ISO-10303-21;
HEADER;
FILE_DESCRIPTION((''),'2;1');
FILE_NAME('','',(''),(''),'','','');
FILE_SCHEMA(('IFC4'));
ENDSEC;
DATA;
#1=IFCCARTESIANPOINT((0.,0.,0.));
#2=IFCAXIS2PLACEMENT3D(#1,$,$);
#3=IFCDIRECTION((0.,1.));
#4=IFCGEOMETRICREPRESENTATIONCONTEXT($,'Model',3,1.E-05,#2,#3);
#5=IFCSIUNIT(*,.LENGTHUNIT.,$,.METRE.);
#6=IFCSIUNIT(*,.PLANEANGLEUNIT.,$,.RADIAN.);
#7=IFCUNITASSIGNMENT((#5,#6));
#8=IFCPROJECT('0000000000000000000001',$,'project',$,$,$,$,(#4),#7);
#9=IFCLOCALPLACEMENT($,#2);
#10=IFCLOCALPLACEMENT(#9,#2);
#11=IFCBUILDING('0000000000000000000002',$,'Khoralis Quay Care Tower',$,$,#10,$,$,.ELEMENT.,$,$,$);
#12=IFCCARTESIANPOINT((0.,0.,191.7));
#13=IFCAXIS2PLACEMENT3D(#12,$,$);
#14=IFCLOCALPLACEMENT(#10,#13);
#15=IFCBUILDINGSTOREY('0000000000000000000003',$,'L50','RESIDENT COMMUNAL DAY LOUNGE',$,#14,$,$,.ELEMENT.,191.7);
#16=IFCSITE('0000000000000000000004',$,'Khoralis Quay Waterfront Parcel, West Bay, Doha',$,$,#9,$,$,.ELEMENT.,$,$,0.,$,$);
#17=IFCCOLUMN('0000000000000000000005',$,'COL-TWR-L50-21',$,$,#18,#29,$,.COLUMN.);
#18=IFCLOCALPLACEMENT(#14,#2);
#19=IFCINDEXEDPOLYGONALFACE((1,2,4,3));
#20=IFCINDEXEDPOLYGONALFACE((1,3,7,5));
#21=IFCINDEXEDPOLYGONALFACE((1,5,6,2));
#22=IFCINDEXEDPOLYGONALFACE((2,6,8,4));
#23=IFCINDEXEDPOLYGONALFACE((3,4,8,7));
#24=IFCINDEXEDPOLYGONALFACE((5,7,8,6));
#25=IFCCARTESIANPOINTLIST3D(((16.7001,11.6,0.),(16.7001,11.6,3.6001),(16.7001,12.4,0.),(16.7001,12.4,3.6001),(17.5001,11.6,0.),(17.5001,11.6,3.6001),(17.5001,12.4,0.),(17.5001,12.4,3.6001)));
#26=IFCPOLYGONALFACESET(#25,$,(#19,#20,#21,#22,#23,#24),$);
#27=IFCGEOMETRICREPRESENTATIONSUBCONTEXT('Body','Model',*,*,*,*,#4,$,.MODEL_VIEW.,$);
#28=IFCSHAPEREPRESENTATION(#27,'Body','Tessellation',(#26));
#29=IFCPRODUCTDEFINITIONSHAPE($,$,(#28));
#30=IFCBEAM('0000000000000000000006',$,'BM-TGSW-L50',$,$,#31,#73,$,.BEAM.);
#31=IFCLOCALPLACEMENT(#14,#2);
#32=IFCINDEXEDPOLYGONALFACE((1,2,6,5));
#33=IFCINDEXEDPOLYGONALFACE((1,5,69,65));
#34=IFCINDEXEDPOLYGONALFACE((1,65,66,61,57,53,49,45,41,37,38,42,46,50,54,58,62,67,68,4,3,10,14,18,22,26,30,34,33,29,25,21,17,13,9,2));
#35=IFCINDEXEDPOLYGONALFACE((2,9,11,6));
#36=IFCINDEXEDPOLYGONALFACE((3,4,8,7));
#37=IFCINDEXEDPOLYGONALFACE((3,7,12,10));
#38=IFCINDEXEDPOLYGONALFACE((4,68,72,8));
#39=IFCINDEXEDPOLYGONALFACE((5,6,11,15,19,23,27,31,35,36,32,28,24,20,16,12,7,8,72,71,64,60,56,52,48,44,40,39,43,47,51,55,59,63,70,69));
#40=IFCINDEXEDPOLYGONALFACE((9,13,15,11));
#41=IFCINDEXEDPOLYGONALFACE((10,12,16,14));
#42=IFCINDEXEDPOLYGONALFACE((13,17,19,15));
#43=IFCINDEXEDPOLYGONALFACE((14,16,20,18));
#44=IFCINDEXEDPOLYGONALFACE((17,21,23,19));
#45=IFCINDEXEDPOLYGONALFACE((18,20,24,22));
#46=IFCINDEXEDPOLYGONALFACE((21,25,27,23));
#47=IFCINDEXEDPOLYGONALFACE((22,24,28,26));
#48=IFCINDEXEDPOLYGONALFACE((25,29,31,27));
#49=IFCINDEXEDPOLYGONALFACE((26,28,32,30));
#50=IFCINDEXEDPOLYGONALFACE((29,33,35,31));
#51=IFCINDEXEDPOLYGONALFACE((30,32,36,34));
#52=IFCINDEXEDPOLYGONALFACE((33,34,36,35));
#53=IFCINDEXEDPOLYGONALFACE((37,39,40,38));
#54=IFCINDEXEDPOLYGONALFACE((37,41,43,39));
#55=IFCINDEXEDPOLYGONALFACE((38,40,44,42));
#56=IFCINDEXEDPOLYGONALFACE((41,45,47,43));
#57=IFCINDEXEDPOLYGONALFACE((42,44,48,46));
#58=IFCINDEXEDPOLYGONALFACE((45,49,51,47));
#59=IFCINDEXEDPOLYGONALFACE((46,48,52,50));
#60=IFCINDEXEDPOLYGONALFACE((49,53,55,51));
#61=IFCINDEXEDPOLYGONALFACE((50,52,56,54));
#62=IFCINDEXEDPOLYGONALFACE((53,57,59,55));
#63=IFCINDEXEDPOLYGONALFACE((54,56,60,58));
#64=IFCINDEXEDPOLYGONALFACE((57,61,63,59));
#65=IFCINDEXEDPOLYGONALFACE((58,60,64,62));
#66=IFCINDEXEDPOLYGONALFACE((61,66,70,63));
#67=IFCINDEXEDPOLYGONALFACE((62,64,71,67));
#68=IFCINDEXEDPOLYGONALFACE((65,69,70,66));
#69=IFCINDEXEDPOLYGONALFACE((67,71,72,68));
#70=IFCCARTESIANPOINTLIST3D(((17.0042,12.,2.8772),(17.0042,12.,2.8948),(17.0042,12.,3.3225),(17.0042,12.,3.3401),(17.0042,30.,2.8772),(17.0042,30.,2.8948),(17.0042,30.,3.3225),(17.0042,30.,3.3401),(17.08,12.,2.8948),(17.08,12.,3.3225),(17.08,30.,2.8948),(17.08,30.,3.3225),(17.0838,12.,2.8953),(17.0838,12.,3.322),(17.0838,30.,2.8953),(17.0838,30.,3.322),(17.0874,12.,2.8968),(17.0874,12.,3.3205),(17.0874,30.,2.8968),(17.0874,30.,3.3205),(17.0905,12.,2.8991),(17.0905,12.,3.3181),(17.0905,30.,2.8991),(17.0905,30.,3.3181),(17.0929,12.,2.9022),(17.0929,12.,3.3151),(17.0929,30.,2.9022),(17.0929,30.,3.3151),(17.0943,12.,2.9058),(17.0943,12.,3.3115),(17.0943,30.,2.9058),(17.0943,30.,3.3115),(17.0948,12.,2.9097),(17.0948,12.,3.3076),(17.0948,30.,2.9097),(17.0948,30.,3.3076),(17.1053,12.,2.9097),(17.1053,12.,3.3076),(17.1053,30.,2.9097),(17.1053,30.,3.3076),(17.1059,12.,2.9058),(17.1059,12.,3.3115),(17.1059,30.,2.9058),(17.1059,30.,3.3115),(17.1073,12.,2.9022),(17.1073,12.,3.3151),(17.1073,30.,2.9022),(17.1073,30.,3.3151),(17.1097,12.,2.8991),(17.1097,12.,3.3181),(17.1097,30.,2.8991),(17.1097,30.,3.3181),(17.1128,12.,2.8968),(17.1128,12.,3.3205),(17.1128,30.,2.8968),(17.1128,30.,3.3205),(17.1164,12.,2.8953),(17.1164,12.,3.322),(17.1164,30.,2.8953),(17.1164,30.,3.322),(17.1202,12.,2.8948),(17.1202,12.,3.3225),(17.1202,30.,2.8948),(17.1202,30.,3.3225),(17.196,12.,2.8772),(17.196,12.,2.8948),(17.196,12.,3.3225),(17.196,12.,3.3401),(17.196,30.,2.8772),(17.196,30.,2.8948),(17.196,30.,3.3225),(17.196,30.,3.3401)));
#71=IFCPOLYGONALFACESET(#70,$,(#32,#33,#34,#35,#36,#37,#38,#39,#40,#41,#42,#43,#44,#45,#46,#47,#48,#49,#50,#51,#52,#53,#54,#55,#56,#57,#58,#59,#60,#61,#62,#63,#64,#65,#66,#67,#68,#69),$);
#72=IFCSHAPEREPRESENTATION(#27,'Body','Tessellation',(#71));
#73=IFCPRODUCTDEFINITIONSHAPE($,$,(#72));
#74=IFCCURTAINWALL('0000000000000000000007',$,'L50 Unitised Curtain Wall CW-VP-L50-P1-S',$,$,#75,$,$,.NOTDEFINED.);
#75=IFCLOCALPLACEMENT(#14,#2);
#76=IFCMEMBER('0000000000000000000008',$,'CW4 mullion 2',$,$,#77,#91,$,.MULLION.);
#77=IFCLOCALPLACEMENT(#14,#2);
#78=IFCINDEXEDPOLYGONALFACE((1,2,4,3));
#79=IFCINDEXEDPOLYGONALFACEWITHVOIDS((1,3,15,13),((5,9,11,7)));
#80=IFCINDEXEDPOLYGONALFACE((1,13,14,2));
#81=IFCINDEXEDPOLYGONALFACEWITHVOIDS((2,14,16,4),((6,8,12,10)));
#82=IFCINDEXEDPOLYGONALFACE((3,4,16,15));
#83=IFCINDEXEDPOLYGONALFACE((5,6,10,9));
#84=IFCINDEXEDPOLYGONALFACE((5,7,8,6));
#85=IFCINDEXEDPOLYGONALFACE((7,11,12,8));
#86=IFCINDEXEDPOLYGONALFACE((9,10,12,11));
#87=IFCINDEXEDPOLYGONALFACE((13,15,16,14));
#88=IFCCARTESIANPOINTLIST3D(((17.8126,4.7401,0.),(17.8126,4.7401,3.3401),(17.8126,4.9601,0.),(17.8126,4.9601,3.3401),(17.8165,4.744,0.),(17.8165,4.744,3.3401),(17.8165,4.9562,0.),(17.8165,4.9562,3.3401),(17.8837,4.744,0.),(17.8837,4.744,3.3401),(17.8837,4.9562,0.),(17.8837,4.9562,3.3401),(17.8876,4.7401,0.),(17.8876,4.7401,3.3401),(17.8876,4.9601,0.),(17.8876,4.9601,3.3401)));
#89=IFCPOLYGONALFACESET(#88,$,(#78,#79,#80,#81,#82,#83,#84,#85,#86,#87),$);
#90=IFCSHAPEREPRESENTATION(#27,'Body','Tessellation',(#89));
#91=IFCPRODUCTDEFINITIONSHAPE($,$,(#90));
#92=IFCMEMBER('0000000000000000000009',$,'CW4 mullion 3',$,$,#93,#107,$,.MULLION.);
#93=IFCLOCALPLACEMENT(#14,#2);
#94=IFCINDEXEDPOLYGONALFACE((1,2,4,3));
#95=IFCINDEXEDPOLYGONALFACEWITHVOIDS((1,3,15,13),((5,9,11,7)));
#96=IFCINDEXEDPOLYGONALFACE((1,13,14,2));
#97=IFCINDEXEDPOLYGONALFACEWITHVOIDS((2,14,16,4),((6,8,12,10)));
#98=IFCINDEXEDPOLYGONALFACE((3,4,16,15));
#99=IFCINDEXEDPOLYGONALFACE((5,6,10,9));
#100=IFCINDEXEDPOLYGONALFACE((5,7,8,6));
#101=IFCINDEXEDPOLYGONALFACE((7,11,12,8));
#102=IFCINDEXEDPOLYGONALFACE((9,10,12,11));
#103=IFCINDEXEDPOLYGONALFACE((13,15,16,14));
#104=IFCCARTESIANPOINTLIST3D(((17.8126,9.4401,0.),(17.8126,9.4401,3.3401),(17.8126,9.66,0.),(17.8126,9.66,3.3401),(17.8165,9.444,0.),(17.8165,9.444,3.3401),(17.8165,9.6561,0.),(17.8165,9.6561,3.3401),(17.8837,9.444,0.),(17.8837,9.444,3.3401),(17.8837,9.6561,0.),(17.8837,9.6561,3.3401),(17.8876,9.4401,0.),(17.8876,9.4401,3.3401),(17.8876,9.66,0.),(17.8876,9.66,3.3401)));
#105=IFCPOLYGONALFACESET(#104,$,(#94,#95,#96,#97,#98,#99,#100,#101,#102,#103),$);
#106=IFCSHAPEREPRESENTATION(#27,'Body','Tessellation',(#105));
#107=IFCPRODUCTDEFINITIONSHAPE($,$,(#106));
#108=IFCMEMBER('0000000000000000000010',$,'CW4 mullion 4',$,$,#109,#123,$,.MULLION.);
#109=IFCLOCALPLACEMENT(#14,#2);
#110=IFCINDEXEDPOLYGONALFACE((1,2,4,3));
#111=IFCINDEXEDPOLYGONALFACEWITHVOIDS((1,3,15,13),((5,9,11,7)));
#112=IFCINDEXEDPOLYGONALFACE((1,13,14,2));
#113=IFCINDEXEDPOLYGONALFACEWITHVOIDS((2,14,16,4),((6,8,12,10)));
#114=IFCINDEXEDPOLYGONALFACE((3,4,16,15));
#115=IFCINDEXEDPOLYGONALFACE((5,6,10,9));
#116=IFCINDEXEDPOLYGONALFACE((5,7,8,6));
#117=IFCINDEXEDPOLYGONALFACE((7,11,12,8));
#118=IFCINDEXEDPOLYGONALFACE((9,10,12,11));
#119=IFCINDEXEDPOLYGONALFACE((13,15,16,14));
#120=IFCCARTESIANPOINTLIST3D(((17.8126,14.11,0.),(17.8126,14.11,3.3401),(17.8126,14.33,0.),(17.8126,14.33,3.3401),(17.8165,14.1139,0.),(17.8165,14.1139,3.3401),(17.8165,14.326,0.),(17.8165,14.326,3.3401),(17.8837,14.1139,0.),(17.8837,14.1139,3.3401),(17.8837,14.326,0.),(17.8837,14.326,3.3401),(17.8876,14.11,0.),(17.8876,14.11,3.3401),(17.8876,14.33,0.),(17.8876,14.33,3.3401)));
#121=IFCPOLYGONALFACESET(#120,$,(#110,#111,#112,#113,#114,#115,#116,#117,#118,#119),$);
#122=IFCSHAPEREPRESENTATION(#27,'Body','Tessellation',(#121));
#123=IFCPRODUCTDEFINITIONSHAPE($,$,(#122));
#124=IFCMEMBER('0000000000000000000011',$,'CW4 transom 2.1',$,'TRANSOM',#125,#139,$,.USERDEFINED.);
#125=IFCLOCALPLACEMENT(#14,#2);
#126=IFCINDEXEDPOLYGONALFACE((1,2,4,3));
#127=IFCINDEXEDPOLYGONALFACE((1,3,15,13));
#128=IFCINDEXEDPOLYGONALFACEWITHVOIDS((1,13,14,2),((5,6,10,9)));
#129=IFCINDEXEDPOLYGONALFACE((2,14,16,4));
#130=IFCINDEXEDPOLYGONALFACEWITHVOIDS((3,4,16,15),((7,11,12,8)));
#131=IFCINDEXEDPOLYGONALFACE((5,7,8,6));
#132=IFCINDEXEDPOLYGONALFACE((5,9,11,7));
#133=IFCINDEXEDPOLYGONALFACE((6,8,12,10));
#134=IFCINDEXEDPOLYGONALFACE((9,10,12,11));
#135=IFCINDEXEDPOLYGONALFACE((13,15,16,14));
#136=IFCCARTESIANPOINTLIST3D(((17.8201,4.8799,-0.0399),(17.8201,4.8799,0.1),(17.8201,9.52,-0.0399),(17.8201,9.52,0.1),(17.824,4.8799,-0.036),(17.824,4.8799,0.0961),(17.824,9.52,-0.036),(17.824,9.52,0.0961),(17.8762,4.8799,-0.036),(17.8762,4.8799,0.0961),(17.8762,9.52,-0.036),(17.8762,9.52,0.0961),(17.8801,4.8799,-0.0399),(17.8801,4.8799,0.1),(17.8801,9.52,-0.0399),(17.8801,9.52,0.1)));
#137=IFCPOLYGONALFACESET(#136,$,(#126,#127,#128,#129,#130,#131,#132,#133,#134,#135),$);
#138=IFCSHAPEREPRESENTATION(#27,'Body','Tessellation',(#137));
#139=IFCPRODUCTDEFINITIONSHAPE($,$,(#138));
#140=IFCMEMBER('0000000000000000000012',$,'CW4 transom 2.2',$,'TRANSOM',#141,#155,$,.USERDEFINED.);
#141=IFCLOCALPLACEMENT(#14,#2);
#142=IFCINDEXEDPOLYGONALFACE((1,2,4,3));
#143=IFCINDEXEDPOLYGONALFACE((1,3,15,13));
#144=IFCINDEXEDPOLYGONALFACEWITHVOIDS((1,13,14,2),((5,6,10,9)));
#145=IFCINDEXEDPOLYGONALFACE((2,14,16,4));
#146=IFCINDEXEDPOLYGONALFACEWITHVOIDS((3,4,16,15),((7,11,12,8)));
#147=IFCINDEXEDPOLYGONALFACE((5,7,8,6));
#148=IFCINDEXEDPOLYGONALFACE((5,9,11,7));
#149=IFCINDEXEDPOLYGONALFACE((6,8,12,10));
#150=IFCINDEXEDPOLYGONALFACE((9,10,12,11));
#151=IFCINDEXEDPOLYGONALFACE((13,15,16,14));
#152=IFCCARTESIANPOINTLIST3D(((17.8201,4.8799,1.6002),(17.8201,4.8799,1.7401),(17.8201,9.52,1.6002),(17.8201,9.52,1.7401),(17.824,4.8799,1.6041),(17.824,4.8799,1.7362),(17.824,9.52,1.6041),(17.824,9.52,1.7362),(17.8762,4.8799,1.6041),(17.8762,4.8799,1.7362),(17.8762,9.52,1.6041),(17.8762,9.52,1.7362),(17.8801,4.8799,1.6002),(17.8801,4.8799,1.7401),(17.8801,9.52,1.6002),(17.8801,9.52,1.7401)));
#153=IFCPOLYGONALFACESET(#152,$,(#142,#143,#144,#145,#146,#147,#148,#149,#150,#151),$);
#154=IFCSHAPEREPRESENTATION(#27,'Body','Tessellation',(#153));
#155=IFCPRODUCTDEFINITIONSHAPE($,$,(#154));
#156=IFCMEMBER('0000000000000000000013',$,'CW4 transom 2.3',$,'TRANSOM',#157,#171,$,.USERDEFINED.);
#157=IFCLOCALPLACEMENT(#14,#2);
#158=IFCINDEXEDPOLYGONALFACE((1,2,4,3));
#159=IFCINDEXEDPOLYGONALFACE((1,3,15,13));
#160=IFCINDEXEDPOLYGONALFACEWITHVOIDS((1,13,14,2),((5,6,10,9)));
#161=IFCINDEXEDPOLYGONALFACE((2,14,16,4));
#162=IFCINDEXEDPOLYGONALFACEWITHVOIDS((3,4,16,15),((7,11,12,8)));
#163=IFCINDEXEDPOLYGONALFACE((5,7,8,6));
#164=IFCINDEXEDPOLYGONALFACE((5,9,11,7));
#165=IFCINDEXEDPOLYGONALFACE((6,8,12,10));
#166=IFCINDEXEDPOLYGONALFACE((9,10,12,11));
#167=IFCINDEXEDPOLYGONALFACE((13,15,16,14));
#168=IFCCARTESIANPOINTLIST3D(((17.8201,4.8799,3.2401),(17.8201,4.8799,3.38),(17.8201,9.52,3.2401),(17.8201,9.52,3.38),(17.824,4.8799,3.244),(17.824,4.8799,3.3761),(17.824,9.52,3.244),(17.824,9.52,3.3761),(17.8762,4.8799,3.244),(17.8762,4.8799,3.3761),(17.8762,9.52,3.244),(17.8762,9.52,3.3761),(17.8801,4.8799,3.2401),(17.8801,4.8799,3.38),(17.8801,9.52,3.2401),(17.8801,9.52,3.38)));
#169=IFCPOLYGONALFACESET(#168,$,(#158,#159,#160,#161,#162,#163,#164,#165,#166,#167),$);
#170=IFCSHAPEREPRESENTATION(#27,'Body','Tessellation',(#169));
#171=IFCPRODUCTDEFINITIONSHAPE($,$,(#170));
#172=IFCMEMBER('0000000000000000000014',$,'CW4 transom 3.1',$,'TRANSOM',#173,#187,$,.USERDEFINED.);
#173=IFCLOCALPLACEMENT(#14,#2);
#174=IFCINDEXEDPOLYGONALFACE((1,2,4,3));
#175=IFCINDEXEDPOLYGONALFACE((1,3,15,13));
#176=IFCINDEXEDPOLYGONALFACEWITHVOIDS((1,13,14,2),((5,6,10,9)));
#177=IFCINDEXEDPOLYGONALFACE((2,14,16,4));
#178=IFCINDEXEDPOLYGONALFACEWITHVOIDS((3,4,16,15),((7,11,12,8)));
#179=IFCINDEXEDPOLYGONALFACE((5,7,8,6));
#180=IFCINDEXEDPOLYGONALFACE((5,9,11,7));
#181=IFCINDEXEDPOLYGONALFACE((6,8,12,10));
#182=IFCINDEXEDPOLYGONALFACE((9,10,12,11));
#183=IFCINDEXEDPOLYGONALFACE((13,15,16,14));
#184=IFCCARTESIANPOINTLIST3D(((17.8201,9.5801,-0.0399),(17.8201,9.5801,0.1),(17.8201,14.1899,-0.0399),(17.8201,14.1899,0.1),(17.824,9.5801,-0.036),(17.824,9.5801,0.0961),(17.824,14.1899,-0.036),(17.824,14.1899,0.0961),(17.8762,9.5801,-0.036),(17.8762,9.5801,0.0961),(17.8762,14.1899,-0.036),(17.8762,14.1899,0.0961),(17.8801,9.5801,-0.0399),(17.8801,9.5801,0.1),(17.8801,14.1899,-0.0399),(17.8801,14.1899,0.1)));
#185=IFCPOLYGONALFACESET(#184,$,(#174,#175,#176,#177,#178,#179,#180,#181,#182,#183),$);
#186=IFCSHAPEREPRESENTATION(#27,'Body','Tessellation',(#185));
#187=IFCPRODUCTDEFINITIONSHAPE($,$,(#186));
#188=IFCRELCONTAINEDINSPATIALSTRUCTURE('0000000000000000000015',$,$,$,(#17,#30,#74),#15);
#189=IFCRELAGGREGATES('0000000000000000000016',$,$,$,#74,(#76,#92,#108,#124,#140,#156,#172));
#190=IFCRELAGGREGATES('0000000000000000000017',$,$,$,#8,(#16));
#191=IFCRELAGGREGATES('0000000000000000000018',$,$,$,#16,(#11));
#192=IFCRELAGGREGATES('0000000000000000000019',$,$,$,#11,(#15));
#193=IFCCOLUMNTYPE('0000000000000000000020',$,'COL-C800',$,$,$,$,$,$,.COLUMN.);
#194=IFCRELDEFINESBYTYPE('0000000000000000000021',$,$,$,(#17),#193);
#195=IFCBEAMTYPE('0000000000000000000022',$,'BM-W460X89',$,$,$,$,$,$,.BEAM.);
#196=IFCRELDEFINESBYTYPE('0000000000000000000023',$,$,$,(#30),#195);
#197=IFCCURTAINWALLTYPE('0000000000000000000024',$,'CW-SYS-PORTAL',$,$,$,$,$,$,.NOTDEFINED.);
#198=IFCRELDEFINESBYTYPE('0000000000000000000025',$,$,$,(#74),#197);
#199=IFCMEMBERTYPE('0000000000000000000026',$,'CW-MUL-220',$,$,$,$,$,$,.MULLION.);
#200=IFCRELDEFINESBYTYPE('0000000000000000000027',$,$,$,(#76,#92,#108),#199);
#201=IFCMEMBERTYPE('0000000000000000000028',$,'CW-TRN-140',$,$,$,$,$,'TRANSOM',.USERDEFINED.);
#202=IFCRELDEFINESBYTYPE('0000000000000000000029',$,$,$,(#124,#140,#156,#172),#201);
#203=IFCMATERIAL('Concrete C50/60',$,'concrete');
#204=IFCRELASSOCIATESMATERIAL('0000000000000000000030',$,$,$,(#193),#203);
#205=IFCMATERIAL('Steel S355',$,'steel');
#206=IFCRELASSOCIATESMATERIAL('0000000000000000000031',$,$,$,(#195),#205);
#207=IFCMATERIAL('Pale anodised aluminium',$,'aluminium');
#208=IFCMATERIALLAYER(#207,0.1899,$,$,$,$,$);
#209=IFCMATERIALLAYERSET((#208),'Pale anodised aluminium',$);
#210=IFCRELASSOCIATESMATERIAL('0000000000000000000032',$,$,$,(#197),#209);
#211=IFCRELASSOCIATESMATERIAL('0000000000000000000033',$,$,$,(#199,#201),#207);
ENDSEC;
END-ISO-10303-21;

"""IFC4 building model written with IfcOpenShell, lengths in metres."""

from ifc_helpers import new_model, si_unit, direction, frame, origin, origin_2d, place, context, subcontext, project, spatial, rectangle, hollow_rectangle, i_section, extrude, source, transform, mapped, material, layer, layer_set, material_profile, profile_set, type_object, element, aggregate, save


model = new_model("IFC4")

# Units and contexts
model_context = context("Model", 3, precision=1e-05, world=origin(), true_north=direction((0.0, 1.0)))
body_context = subcontext(model_context, "Body", "Model", "MODEL_VIEW")
ifc_project = project(units=[si_unit("LENGTHUNIT", "METRE"), si_unit("PLANEANGLEUNIT", "RADIAN")], contexts=[model_context])

# Site, building, storey
site_placement = place(None, origin())
site = spatial("IfcSite", under=ifc_project, at=site_placement, Name="Khoralis Quay Waterfront Parcel, West Bay, Doha", CompositionType="ELEMENT", RefElevation=0.0)
building_placement = place(site_placement, origin())
building = spatial("IfcBuilding", under=site, at=building_placement, Name="Khoralis Quay Care Tower", CompositionType="ELEMENT")
storey_placement = place(building_placement, frame((0.0, 0.0, 191.7)))
storey = spatial("IfcBuildingStorey", under=building, at=storey_placement, Name="L50", Description="RESIDENT COMMUNAL DAY LOUNGE", CompositionType="ELEMENT", Elevation=191.7)

# Column
ifc_material_1 = material(Name="Concrete C50/60", Category="concrete")
ifc_material_profile_1 = material_profile(ifc_material_1, rectangle(XDim=0.8, YDim=0.8, at=origin_2d()), Name="Concrete C50/60")
ifc_profile_set_1 = profile_set([ifc_material_profile_1], Name="Concrete C50/60")
column_type = type_object("IfcColumnType", Name="COL-C800", PredefinedType="COLUMN", material=ifc_profile_set_1)
shared_shape_1 = source(origin(), body_context, "Body", "SweptSolid", [
    extrude(rectangle(XDim=0.8, YDim=0.8, at=origin_2d()), origin(), (0.0, 0.0, 1.0), 3.6001),
])
column_placement = place(storey_placement, frame((17.1001, 12.0, 0.0), z_axis=(0.0, 0.0, 1.0), x_axis=(1.0, 0.0, 0.0)))
element("IfcColumn", 1, at=column_placement, inside=storey, type_object=column_type, Name="COL-TWR-L50-21", PredefinedType="COLUMN", context=body_context, shape_type="MappedRepresentation", body=[
    mapped(shared_shape_1, transform((0.0, 0.0, 0.0), scale=1.0)),
])

# Beam
ifc_material_2 = material(Name="Steel S355", Category="steel")
ifc_material_profile_2 = material_profile(ifc_material_2, i_section(OverallWidth=0.1919, OverallDepth=0.4629, WebThickness=0.0105, FlangeThickness=0.0176, FilletRadius=0.0149, at=origin_2d()), Name="Steel S355")
ifc_profile_set_2 = profile_set([ifc_material_profile_2], Name="Steel S355")
beam_type = type_object("IfcBeamType", Name="BM-W460X89", PredefinedType="BEAM", material=ifc_profile_set_2)
shared_shape_2 = source(origin(), body_context, "Body", "SweptSolid", [
    extrude(i_section(OverallWidth=0.1919, OverallDepth=0.4629, WebThickness=0.0105, FlangeThickness=0.0176, FilletRadius=0.0149, at=origin_2d()), origin(), (0.0, 0.0, 1.0), 18.0),
])
beam_placement = place(storey_placement, frame((17.1001, 12.0, 3.1086), z_axis=(0.0, 1.0, 0.0), x_axis=(-1.0, 0.0, 0.0)))
element("IfcBeam", 2, at=beam_placement, inside=storey, type_object=beam_type, Name="BM-TGSW-L50", PredefinedType="BEAM", context=body_context, shape_type="MappedRepresentation", body=[
    mapped(shared_shape_2, transform((0.0, 0.0, 0.0), scale=1.0)),
])

# Curtain wall, members
ifc_material_3 = material(Name="Pale anodised aluminium", Category="aluminium")
ifc_layer_1 = layer(ifc_material_3, 0.1899)
ifc_layer_set_1 = layer_set([ifc_layer_1], Name="Pale anodised aluminium")
curtain_wall_type = type_object("IfcCurtainWallType", Name="CW-SYS-PORTAL", PredefinedType="NOTDEFINED", material=ifc_layer_set_1)
curtain_wall_placement = place(storey_placement, origin())
curtain_wall = element("IfcCurtainWall", 3, at=curtain_wall_placement, inside=storey, type_object=curtain_wall_type, Name="L50 Unitised Curtain Wall CW-VP-L50-P1-S", PredefinedType="NOTDEFINED")
ifc_material_profile_3 = material_profile(ifc_material_3, hollow_rectangle(XDim=0.075, YDim=0.22, WallThickness=0.0039, at=origin_2d()), Name="Pale anodised aluminium")
ifc_profile_set_3 = profile_set([ifc_material_profile_3], Name="Pale anodised aluminium")
member_type_1 = type_object("IfcMemberType", Name="CW-MUL-220", PredefinedType="MULLION", material=ifc_profile_set_3)
shared_shape_3 = source(origin(), body_context, "Body", "SweptSolid", [
    extrude(hollow_rectangle(XDim=0.075, YDim=0.22, WallThickness=0.0039, at=origin_2d()), origin(), (0.0, 0.0, 1.0), 3.3401),
])
member_1_placement = place(storey_placement, frame((17.8501, 4.8501, 0.0), z_axis=(0.0, 0.0, 1.0), x_axis=(-1.0, 0.0, 0.0)))
member_1 = element("IfcMember", 4, at=member_1_placement, type_object=member_type_1, Name="CW4 mullion 2", PredefinedType="MULLION", context=body_context, shape_type="MappedRepresentation", body=[
    mapped(shared_shape_3, transform((0.0, 0.0, 0.0), scale=1.0)),
])
member_2_placement = place(storey_placement, frame((17.8501, 9.55, 0.0), z_axis=(0.0, 0.0, 1.0), x_axis=(-1.0, 0.0, 0.0)))
member_2 = element("IfcMember", 5, at=member_2_placement, type_object=member_type_1, Name="CW4 mullion 3", PredefinedType="MULLION", context=body_context, shape_type="MappedRepresentation", body=[
    mapped(shared_shape_3, transform((0.0, 0.0, 0.0), scale=1.0)),
])
member_3_placement = place(storey_placement, frame((17.8501, 14.22, 0.0), z_axis=(0.0, 0.0, 1.0), x_axis=(-1.0, 0.0, 0.0)))
member_3 = element("IfcMember", 6, at=member_3_placement, type_object=member_type_1, Name="CW4 mullion 4", PredefinedType="MULLION", context=body_context, shape_type="MappedRepresentation", body=[
    mapped(shared_shape_3, transform((0.0, 0.0, 0.0), scale=1.0)),
])
ifc_material_profile_4 = material_profile(ifc_material_3, hollow_rectangle(XDim=0.0601, YDim=0.1399, WallThickness=0.0039, at=origin_2d()), Name="Pale anodised aluminium")
ifc_profile_set_4 = profile_set([ifc_material_profile_4], Name="Pale anodised aluminium")
member_type_2 = type_object("IfcMemberType", Name="CW-TRN-140", ElementType="TRANSOM", PredefinedType="USERDEFINED", material=ifc_profile_set_4)
shared_shape_4 = source(origin(), body_context, "Body", "SweptSolid", [
    extrude(hollow_rectangle(XDim=0.0601, YDim=0.1399, WallThickness=0.0039, at=origin_2d()), origin(), (0.0, 0.0, 1.0), 4.6401),
])
member_4_placement = place(storey_placement, frame((17.8501, 4.8799, 0.03), z_axis=(0.0, 1.0, 0.0), x_axis=(-1.0, 0.0, 0.0)))
member_4 = element("IfcMember", 7, at=member_4_placement, type_object=member_type_2, Name="CW4 transom 2.1", ObjectType="TRANSOM", PredefinedType="USERDEFINED", context=body_context, shape_type="MappedRepresentation", body=[
    mapped(shared_shape_4, transform((0.0, 0.0, 0.0), scale=1.0)),
])
member_5_placement = place(storey_placement, frame((17.8501, 4.8799, 1.6702), z_axis=(0.0, 1.0, 0.0), x_axis=(-1.0, 0.0, 0.0)))
member_5 = element("IfcMember", 8, at=member_5_placement, type_object=member_type_2, Name="CW4 transom 2.2", ObjectType="TRANSOM", PredefinedType="USERDEFINED", context=body_context, shape_type="MappedRepresentation", body=[
    mapped(shared_shape_4, transform((0.0, 0.0, 0.0), scale=1.0)),
])
member_6_placement = place(storey_placement, frame((17.8501, 4.8799, 3.3101), z_axis=(0.0, 1.0, 0.0), x_axis=(-1.0, 0.0, 0.0)))
member_6 = element("IfcMember", 9, at=member_6_placement, type_object=member_type_2, Name="CW4 transom 2.3", ObjectType="TRANSOM", PredefinedType="USERDEFINED", context=body_context, shape_type="MappedRepresentation", body=[
    mapped(shared_shape_4, transform((0.0, 0.0, 0.0), scale=1.0)),
])
shared_shape_5 = source(origin(), body_context, "Body", "SweptSolid", [
    extrude(hollow_rectangle(XDim=0.0601, YDim=0.1399, WallThickness=0.0039, at=origin_2d()), origin(), (0.0, 0.0, 1.0), 4.6099),
])
member_7_placement = place(storey_placement, frame((17.8501, 9.5801, 0.03), z_axis=(0.0, 1.0, 0.0), x_axis=(-1.0, 0.0, 0.0)))
member_7 = element("IfcMember", 10, at=member_7_placement, type_object=member_type_2, Name="CW4 transom 3.1", ObjectType="TRANSOM", PredefinedType="USERDEFINED", context=body_context, shape_type="MappedRepresentation", body=[
    mapped(shared_shape_5, transform((0.0, 0.0, 0.0), scale=1.0)),
])
aggregate(curtain_wall, [member_1, member_2, member_3, member_4, member_5, member_6, member_7])

save(model, "model.ifc")
